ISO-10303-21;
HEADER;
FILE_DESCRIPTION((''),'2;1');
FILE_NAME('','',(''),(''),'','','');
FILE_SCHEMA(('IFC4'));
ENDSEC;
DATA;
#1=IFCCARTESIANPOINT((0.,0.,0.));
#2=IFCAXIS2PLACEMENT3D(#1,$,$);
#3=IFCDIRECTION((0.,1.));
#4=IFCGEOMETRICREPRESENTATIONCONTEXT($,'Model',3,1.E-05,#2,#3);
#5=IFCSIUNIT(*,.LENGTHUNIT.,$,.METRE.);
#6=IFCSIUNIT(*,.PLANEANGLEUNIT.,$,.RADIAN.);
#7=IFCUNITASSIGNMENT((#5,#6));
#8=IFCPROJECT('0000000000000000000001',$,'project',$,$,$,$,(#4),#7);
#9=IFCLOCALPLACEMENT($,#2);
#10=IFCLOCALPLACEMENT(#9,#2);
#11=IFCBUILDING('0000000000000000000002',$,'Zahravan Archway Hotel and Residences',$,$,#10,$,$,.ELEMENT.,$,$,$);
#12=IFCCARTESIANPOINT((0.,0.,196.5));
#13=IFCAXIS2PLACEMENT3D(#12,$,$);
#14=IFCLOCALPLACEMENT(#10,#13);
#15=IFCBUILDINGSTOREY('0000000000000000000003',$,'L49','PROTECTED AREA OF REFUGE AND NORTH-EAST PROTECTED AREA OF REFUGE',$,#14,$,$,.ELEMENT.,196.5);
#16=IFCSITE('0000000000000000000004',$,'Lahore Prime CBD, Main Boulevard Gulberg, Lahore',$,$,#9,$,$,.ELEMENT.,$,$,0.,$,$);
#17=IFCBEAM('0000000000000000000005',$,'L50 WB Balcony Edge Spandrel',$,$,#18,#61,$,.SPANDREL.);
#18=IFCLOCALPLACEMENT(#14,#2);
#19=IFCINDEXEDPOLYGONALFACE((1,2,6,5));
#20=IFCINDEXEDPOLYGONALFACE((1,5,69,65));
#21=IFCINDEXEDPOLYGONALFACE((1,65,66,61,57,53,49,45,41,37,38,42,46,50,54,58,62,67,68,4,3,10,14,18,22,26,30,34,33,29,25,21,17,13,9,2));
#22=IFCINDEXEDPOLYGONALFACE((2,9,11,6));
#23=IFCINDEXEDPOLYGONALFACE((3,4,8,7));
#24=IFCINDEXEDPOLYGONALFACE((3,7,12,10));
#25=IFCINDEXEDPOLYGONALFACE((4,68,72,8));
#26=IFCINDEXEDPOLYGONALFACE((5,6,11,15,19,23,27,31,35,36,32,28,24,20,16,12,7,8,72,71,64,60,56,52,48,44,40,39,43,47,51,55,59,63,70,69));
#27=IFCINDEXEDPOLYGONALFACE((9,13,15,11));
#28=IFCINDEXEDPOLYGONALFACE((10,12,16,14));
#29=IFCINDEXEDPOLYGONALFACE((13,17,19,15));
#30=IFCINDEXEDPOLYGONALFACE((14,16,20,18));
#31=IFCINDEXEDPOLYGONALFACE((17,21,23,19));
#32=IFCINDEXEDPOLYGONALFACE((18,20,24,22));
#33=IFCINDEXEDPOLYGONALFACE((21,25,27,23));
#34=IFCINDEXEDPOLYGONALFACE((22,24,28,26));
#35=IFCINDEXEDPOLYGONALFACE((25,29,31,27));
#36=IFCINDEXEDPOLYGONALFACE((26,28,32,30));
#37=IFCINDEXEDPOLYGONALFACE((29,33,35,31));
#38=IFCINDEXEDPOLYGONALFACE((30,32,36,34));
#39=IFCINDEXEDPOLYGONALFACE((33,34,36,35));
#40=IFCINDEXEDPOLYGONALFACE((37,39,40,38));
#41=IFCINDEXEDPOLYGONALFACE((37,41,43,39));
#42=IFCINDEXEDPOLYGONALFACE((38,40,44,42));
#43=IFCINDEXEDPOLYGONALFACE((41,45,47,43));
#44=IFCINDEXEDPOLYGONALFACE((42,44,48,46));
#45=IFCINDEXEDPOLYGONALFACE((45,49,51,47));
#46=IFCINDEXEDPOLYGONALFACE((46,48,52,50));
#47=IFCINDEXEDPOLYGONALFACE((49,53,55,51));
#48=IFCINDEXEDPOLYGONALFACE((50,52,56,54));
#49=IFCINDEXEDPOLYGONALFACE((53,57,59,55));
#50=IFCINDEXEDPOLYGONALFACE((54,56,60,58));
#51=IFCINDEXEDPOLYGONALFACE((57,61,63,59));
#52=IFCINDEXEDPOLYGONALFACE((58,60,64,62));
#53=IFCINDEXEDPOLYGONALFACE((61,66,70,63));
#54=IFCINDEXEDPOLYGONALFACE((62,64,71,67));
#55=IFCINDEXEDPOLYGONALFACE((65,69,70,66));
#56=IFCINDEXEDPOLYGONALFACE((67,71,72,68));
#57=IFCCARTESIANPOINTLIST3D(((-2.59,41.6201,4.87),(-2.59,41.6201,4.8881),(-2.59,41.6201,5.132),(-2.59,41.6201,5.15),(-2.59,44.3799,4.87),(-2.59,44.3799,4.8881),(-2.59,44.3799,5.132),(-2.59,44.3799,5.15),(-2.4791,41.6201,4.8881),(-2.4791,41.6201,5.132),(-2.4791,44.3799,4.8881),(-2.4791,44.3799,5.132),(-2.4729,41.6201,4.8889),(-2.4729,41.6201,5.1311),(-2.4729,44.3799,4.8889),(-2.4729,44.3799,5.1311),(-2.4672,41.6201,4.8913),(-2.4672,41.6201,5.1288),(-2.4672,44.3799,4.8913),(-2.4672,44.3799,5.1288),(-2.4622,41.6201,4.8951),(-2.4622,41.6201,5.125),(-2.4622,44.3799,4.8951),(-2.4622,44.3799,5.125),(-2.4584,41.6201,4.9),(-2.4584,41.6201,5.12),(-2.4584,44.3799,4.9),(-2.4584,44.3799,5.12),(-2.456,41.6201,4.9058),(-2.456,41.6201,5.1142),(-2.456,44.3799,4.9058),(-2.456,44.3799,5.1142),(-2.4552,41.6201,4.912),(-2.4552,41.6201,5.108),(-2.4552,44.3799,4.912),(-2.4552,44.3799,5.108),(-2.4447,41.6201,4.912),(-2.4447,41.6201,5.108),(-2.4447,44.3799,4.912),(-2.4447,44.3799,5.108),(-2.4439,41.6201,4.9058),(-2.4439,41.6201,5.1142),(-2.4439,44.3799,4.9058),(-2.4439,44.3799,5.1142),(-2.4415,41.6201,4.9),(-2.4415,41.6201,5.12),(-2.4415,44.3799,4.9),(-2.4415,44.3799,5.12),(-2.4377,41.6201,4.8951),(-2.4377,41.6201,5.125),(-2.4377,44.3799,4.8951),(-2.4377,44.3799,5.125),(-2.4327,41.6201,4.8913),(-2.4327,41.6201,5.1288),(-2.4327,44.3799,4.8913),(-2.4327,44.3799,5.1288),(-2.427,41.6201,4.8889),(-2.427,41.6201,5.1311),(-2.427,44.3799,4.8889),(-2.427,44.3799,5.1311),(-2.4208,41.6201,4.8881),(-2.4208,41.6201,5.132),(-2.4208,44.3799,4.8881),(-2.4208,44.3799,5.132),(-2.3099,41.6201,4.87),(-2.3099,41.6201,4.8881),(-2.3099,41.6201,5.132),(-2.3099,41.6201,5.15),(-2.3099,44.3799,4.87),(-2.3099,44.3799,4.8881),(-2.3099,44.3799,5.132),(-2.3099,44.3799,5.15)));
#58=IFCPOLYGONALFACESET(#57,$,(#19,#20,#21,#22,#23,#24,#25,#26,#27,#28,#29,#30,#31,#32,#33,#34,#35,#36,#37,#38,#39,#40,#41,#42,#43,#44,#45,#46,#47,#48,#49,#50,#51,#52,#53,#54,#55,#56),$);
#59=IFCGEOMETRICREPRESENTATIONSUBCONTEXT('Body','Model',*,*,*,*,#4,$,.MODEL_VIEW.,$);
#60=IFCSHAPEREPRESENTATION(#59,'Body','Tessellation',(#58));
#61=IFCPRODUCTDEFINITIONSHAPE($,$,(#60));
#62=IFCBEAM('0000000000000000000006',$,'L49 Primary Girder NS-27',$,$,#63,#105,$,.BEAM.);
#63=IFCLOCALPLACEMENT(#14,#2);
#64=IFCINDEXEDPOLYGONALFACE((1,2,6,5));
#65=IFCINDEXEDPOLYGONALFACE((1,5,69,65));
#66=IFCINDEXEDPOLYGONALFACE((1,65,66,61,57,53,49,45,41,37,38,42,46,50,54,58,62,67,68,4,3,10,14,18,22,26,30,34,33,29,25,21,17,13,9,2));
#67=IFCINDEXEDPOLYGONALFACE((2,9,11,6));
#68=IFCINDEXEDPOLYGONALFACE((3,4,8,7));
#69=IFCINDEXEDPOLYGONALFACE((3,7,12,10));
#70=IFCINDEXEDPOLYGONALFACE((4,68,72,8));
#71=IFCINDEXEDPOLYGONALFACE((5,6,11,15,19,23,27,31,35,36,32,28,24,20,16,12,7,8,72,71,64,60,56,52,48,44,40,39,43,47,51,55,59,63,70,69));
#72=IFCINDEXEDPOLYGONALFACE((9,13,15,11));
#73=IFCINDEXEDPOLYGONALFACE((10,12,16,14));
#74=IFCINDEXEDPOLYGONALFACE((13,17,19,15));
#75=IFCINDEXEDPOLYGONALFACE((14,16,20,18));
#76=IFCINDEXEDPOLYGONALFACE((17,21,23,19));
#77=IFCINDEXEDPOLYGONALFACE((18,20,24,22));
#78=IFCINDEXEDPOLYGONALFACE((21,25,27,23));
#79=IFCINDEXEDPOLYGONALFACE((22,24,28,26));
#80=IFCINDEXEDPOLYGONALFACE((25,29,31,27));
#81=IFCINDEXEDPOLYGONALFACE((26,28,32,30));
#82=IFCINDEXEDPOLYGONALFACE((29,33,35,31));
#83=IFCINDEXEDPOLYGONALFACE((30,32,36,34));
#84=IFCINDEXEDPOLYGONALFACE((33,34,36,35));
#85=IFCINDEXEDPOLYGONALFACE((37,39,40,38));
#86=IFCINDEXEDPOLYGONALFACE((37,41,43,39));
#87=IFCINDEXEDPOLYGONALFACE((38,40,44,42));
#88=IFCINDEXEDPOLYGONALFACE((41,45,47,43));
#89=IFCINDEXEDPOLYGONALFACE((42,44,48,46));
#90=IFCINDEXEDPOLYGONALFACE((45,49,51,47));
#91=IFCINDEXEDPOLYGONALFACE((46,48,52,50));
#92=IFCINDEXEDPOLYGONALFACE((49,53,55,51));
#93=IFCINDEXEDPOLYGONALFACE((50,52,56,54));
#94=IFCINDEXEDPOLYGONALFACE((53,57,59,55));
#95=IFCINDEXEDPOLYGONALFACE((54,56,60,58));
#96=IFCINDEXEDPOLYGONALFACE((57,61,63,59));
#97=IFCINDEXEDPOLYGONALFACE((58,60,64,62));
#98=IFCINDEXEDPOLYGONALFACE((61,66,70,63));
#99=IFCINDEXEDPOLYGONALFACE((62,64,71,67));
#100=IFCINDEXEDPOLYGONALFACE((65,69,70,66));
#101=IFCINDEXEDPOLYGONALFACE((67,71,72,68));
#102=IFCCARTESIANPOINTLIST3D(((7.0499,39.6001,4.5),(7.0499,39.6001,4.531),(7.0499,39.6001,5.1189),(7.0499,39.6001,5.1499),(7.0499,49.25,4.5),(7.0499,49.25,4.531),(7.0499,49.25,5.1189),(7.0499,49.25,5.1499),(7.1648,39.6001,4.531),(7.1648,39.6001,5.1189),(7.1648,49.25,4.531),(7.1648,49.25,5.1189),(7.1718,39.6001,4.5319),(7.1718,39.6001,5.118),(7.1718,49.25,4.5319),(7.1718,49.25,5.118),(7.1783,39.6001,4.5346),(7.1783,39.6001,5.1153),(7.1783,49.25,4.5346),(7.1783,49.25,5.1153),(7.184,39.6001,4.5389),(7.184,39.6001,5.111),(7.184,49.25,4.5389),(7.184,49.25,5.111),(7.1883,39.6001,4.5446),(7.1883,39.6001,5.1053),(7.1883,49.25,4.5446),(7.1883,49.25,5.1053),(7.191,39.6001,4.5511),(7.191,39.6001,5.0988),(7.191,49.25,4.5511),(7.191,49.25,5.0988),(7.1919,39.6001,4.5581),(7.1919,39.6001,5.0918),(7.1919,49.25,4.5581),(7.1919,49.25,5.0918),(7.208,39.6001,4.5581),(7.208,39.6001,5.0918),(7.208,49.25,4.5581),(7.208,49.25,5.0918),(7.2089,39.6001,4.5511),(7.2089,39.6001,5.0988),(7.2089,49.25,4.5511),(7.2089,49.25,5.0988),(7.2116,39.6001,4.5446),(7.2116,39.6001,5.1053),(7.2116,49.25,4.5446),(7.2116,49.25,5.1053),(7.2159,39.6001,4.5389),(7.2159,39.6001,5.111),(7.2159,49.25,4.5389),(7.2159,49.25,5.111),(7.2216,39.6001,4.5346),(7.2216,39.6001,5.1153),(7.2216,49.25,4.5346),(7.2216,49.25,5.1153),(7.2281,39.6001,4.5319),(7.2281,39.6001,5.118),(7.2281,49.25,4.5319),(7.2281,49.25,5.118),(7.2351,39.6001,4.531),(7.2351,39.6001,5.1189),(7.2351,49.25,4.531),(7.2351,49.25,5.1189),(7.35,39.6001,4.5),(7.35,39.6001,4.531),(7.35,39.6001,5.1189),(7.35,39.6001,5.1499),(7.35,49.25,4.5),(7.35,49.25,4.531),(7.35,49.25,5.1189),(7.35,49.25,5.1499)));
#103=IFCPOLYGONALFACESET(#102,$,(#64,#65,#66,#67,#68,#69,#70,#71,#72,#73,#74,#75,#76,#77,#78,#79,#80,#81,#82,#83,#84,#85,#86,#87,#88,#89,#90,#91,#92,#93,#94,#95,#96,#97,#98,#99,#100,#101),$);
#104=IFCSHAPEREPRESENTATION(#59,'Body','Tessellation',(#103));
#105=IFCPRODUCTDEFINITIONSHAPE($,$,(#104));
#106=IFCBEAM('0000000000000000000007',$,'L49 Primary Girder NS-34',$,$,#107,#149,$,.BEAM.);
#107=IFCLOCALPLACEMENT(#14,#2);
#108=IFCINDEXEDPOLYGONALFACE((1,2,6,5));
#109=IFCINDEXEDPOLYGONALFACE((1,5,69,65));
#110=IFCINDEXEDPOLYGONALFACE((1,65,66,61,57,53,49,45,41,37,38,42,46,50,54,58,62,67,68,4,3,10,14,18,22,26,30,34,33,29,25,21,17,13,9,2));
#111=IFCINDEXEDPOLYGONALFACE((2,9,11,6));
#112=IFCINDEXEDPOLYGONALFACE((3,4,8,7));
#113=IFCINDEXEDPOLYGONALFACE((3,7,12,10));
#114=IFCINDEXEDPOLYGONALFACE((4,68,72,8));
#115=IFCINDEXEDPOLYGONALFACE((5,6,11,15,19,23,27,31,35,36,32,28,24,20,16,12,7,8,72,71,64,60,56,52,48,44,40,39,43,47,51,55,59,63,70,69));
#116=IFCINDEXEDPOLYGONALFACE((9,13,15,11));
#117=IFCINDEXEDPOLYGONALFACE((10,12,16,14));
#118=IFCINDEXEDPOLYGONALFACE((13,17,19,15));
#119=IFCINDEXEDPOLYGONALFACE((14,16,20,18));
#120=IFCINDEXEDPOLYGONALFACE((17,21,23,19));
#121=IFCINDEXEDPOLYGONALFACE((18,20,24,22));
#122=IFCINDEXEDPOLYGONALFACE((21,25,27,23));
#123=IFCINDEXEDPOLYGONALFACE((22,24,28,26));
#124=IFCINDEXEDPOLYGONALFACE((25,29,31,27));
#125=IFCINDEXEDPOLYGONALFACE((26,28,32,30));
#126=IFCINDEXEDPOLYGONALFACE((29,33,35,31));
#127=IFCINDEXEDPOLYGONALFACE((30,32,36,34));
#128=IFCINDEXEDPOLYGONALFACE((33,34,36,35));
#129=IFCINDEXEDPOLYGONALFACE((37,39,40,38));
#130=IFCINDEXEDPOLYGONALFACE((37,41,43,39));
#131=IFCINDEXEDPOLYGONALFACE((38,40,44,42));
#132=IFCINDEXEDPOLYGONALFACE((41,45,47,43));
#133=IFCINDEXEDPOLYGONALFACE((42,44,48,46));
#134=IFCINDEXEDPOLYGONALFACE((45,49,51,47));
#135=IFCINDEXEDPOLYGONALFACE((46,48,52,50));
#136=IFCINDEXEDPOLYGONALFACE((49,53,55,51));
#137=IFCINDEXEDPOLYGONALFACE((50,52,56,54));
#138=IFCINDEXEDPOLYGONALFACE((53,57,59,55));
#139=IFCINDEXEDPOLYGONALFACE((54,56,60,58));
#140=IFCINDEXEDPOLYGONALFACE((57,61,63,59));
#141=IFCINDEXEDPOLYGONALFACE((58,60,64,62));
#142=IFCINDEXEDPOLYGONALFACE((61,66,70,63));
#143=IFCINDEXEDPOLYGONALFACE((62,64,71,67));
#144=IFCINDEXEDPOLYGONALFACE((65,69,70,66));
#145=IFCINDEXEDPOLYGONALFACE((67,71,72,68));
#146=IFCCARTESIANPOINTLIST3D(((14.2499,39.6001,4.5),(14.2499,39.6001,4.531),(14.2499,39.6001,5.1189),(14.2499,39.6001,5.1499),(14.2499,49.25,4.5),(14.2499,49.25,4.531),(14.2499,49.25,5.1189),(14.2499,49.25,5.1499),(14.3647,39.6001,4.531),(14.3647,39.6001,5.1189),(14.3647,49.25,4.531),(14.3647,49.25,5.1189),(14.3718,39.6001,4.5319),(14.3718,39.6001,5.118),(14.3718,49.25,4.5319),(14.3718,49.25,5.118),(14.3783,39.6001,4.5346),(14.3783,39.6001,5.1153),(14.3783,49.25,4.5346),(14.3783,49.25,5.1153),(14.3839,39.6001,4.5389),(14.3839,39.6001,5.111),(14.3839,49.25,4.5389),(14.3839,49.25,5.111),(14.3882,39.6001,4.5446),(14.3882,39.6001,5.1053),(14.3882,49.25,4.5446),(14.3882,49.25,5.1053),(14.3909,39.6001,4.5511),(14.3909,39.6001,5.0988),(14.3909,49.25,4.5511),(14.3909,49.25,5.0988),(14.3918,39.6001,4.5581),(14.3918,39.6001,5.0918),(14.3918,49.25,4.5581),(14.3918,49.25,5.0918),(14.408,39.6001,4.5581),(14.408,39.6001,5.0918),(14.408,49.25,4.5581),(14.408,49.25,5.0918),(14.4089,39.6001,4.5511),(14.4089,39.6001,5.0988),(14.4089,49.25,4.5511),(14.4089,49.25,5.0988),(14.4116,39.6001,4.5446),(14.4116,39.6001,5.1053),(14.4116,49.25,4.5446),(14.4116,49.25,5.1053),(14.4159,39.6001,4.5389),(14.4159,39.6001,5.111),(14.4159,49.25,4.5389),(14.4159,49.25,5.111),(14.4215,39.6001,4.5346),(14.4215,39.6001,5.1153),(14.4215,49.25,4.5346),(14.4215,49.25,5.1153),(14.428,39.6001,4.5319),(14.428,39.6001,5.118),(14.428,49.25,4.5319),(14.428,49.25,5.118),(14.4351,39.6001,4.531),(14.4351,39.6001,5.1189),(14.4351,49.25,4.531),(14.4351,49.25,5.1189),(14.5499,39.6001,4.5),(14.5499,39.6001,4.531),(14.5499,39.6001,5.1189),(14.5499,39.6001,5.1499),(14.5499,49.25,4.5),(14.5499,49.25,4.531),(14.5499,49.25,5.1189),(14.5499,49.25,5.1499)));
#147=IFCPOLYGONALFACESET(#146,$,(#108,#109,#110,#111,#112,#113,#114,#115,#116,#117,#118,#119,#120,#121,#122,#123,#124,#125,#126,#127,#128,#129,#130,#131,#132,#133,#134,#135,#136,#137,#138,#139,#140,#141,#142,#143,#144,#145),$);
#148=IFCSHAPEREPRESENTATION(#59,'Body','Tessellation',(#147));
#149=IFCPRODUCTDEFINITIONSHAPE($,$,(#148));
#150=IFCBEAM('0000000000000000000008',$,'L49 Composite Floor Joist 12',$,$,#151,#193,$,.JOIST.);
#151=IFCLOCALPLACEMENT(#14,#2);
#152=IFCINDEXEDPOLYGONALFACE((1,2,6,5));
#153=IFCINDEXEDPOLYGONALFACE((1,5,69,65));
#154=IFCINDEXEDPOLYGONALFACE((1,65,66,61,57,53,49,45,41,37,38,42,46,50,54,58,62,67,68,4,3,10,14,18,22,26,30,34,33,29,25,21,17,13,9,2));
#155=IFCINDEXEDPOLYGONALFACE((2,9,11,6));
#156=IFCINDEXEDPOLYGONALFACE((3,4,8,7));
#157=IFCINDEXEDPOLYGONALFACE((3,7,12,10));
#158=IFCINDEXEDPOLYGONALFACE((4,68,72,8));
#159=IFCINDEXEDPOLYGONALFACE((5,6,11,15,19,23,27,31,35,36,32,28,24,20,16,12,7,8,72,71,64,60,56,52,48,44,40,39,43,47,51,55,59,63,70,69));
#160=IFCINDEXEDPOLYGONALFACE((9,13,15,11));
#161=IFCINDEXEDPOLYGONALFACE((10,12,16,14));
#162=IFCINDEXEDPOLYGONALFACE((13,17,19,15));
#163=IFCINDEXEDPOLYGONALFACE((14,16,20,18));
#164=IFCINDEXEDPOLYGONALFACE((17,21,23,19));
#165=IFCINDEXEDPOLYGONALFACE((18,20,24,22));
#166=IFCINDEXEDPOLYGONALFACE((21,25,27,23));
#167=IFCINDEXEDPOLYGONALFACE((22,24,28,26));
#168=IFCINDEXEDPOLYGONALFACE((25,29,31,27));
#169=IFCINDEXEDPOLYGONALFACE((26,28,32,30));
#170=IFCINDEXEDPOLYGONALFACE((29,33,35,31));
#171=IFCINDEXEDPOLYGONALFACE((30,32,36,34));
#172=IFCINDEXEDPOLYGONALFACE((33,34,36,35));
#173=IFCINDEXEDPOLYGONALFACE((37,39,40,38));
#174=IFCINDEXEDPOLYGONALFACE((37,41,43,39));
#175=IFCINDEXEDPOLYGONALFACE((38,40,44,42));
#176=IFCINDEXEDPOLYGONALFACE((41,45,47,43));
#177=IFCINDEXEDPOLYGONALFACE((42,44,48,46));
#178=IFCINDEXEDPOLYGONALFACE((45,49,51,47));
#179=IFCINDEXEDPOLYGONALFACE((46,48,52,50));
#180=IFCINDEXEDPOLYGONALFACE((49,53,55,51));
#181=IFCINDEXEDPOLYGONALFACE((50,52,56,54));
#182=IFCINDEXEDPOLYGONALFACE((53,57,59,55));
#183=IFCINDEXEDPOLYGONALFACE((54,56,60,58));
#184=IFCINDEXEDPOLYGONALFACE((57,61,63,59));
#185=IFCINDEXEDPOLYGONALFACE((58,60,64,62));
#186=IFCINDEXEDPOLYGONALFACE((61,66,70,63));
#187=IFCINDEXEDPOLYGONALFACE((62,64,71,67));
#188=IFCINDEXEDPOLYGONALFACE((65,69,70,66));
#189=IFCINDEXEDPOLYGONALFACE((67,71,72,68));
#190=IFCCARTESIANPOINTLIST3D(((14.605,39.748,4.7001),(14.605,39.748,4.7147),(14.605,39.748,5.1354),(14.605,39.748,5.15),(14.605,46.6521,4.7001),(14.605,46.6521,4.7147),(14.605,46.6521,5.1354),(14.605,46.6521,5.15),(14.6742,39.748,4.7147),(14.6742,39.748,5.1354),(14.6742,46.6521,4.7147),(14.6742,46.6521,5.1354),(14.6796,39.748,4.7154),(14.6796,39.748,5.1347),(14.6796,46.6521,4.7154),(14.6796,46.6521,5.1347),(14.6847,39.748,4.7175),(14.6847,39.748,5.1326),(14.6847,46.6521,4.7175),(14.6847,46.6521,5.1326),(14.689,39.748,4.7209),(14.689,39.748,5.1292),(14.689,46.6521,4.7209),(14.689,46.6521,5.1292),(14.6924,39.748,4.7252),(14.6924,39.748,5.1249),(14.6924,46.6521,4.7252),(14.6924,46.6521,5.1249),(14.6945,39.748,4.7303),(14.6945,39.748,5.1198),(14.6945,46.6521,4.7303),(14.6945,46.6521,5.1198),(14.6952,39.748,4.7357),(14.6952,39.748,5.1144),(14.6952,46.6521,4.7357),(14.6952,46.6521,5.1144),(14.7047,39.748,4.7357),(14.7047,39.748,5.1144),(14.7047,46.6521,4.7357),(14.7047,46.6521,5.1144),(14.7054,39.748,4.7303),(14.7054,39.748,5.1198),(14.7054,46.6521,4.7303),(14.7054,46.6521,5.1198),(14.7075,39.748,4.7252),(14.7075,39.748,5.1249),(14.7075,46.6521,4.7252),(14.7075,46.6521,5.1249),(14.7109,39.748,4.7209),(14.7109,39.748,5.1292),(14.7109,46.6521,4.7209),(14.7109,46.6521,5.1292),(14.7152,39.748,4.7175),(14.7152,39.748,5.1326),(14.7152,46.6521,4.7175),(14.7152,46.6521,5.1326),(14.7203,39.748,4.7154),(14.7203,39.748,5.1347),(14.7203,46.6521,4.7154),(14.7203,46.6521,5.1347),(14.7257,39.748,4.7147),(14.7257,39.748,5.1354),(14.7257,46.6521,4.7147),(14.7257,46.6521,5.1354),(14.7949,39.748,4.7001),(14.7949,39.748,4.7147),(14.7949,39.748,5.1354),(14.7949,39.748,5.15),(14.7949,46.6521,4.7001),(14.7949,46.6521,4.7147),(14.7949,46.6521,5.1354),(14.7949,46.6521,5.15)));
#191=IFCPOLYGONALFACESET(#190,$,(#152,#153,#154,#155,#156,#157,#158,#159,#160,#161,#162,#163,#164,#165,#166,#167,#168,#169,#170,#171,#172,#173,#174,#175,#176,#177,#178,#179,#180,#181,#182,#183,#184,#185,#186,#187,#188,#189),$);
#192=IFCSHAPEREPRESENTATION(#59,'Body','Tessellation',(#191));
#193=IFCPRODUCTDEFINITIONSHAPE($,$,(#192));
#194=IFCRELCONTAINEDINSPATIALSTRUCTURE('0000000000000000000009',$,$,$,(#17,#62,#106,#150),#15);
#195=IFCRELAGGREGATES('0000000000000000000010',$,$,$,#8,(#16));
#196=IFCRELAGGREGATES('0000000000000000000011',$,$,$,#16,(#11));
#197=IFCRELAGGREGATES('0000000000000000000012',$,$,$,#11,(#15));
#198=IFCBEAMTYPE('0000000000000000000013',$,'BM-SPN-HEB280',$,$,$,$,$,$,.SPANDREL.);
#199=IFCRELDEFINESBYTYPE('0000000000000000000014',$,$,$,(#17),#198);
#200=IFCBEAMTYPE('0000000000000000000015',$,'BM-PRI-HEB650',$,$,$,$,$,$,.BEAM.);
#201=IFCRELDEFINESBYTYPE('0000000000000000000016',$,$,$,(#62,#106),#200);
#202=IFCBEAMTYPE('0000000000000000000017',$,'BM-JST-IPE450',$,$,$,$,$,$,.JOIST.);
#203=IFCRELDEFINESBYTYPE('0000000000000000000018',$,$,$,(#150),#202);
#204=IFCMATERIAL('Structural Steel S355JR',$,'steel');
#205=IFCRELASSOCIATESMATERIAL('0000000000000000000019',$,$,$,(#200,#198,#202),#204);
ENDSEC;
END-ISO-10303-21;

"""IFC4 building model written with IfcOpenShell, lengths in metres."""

from ifc_helpers import new_model, si_unit, direction, frame, origin, origin_2d, place, context, subcontext, project, spatial, i_section, extrude, source, transform, mapped, material, material_profile, profile_set, type_object, type_shapes, element, save


model = new_model("IFC4")

# Units and contexts
model_context = context("Model", 3, precision=1e-05, world=origin(), true_north=direction((0.0, 1.0)))
body_context = subcontext(model_context, "Body", "Model", "MODEL_VIEW")
ifc_project = project(units=[si_unit("LENGTHUNIT", "METRE"), si_unit("PLANEANGLEUNIT", "RADIAN")], contexts=[model_context])

# Site, building, storey
site_placement = place(None, origin())
site = spatial("IfcSite", under=ifc_project, at=site_placement, Name="Lahore Prime CBD, Main Boulevard Gulberg, Lahore", CompositionType="ELEMENT", RefElevation=0.0)
building_placement = place(site_placement, origin())
building = spatial("IfcBuilding", under=site, at=building_placement, Name="Zahravan Archway Hotel and Residences", CompositionType="ELEMENT")
storey_placement = place(building_placement, frame((0.0, 0.0, 196.5)))
storey = spatial("IfcBuildingStorey", under=building, at=storey_placement, Name="L49", Description="PROTECTED AREA OF REFUGE AND NORTH-EAST PROTECTED AREA OF REFUGE", CompositionType="ELEMENT", Elevation=196.5)

# Beams
ifc_material_1 = material(Name="Structural Steel S355JR", Category="steel")
ifc_material_profile_1 = material_profile(ifc_material_1, i_section(OverallWidth=0.3, OverallDepth=0.6499, WebThickness=0.0161, FlangeThickness=0.031, FilletRadius=0.0271, at=origin_2d()), Name="HEB 650", Category="steel")
ifc_profile_set_1 = profile_set([ifc_material_profile_1], Name="Structural Steel S355JR")
beam_type_1 = type_object("IfcBeamType", Name="BM-PRI-HEB650", PredefinedType="BEAM", material=ifc_profile_set_1)
ifc_material_profile_2 = material_profile(ifc_material_1, i_section(OverallWidth=0.28, OverallDepth=0.28, WebThickness=0.0105, FlangeThickness=0.0181, FilletRadius=0.0239, at=origin_2d()), Name="HEB 280", Category="steel")
ifc_profile_set_2 = profile_set([ifc_material_profile_2], Name="Structural Steel S355JR")
beam_type_2 = type_object("IfcBeamType", Name="BM-SPN-HEB280", PredefinedType="SPANDREL", material=ifc_profile_set_2)
shared_shape_1 = source(origin(), body_context, "Body", "SweptSolid", [
    extrude(i_section(OverallWidth=0.28, OverallDepth=0.28, WebThickness=0.0105, FlangeThickness=0.0181, FilletRadius=0.0239, at=origin_2d()), origin(), (0.0, 0.0, 1.0), 2.7598),
])
beam_1_placement = place(storey_placement, frame((-2.45, 41.6201, 5.01), z_axis=(0.0, 1.0, 0.0), x_axis=(-1.0, 0.0, 0.0)))
element("IfcBeam", 1, at=beam_1_placement, inside=storey, type_object=beam_type_2, Name="L50 WB Balcony Edge Spandrel", PredefinedType="SPANDREL", context=body_context, shape_type="MappedRepresentation", body=[
    mapped(shared_shape_1, transform((0.0, 0.0, 0.0), scale=1.0)),
])
shared_shape_2 = source(origin(), body_context, "Body", "SweptSolid", [
    extrude(i_section(OverallWidth=0.3, OverallDepth=0.6499, WebThickness=0.0161, FlangeThickness=0.031, FilletRadius=0.0271, at=origin_2d()), origin(), (0.0, 0.0, 1.0), 9.6499),
])
for number, where, z_axis, x_axis, name in (
    (2, (7.2, 39.6001, 4.825), (0.0, 1.0, 0.0), (-1.0, 0.0, 0.0), "L49 Primary Girder NS-27"),
    (3, (14.3999, 39.6001, 4.825), (0.0, 1.0, 0.0), (-1.0, 0.0, 0.0), "L49 Primary Girder NS-34"),
):
    element("IfcBeam", number, at=place(storey_placement, frame(where, z_axis=z_axis, x_axis=x_axis)), inside=storey, type_object=beam_type_1, Name=name, PredefinedType="BEAM", context=body_context, shape_type="MappedRepresentation", body=[
        mapped(shared_shape_2, transform((0.0, 0.0, 0.0), scale=1.0)),
    ])
ifc_material_profile_3 = material_profile(ifc_material_1, i_section(OverallWidth=0.1899, OverallDepth=0.45, WebThickness=0.0095, FlangeThickness=0.0146, FilletRadius=0.021, at=origin_2d()), Name="IPE 450", Category="steel")
ifc_profile_set_3 = profile_set([ifc_material_profile_3], Name="Structural Steel S355JR")
beam_type_3 = type_object("IfcBeamType", Name="BM-JST-IPE450", PredefinedType="JOIST", material=ifc_profile_set_3)
shared_shape_3 = source(origin(), body_context, "Body", "SweptSolid", [
    extrude(i_section(OverallWidth=0.1899, OverallDepth=0.45, WebThickness=0.0095, FlangeThickness=0.0146, FilletRadius=0.021, at=origin_2d()), origin(), (0.0, 0.0, 1.0), 6.9041),
])
type_shapes(beam_type_3, [shared_shape_3])
beam_2_placement = place(storey_placement, frame((14.7, 39.748, 4.925), z_axis=(0.0, 1.0, 0.0), x_axis=(-1.0, 0.0, 0.0)))
element("IfcBeam", 4, at=beam_2_placement, inside=storey, type_object=beam_type_3, Name="L49 Composite Floor Joist 12", PredefinedType="JOIST", context=body_context, shape_type="MappedRepresentation", body=[
    mapped(shared_shape_3, transform((0.0, 0.0, 0.0), scale=1.0)),
])

save(model, "model.ifc")
